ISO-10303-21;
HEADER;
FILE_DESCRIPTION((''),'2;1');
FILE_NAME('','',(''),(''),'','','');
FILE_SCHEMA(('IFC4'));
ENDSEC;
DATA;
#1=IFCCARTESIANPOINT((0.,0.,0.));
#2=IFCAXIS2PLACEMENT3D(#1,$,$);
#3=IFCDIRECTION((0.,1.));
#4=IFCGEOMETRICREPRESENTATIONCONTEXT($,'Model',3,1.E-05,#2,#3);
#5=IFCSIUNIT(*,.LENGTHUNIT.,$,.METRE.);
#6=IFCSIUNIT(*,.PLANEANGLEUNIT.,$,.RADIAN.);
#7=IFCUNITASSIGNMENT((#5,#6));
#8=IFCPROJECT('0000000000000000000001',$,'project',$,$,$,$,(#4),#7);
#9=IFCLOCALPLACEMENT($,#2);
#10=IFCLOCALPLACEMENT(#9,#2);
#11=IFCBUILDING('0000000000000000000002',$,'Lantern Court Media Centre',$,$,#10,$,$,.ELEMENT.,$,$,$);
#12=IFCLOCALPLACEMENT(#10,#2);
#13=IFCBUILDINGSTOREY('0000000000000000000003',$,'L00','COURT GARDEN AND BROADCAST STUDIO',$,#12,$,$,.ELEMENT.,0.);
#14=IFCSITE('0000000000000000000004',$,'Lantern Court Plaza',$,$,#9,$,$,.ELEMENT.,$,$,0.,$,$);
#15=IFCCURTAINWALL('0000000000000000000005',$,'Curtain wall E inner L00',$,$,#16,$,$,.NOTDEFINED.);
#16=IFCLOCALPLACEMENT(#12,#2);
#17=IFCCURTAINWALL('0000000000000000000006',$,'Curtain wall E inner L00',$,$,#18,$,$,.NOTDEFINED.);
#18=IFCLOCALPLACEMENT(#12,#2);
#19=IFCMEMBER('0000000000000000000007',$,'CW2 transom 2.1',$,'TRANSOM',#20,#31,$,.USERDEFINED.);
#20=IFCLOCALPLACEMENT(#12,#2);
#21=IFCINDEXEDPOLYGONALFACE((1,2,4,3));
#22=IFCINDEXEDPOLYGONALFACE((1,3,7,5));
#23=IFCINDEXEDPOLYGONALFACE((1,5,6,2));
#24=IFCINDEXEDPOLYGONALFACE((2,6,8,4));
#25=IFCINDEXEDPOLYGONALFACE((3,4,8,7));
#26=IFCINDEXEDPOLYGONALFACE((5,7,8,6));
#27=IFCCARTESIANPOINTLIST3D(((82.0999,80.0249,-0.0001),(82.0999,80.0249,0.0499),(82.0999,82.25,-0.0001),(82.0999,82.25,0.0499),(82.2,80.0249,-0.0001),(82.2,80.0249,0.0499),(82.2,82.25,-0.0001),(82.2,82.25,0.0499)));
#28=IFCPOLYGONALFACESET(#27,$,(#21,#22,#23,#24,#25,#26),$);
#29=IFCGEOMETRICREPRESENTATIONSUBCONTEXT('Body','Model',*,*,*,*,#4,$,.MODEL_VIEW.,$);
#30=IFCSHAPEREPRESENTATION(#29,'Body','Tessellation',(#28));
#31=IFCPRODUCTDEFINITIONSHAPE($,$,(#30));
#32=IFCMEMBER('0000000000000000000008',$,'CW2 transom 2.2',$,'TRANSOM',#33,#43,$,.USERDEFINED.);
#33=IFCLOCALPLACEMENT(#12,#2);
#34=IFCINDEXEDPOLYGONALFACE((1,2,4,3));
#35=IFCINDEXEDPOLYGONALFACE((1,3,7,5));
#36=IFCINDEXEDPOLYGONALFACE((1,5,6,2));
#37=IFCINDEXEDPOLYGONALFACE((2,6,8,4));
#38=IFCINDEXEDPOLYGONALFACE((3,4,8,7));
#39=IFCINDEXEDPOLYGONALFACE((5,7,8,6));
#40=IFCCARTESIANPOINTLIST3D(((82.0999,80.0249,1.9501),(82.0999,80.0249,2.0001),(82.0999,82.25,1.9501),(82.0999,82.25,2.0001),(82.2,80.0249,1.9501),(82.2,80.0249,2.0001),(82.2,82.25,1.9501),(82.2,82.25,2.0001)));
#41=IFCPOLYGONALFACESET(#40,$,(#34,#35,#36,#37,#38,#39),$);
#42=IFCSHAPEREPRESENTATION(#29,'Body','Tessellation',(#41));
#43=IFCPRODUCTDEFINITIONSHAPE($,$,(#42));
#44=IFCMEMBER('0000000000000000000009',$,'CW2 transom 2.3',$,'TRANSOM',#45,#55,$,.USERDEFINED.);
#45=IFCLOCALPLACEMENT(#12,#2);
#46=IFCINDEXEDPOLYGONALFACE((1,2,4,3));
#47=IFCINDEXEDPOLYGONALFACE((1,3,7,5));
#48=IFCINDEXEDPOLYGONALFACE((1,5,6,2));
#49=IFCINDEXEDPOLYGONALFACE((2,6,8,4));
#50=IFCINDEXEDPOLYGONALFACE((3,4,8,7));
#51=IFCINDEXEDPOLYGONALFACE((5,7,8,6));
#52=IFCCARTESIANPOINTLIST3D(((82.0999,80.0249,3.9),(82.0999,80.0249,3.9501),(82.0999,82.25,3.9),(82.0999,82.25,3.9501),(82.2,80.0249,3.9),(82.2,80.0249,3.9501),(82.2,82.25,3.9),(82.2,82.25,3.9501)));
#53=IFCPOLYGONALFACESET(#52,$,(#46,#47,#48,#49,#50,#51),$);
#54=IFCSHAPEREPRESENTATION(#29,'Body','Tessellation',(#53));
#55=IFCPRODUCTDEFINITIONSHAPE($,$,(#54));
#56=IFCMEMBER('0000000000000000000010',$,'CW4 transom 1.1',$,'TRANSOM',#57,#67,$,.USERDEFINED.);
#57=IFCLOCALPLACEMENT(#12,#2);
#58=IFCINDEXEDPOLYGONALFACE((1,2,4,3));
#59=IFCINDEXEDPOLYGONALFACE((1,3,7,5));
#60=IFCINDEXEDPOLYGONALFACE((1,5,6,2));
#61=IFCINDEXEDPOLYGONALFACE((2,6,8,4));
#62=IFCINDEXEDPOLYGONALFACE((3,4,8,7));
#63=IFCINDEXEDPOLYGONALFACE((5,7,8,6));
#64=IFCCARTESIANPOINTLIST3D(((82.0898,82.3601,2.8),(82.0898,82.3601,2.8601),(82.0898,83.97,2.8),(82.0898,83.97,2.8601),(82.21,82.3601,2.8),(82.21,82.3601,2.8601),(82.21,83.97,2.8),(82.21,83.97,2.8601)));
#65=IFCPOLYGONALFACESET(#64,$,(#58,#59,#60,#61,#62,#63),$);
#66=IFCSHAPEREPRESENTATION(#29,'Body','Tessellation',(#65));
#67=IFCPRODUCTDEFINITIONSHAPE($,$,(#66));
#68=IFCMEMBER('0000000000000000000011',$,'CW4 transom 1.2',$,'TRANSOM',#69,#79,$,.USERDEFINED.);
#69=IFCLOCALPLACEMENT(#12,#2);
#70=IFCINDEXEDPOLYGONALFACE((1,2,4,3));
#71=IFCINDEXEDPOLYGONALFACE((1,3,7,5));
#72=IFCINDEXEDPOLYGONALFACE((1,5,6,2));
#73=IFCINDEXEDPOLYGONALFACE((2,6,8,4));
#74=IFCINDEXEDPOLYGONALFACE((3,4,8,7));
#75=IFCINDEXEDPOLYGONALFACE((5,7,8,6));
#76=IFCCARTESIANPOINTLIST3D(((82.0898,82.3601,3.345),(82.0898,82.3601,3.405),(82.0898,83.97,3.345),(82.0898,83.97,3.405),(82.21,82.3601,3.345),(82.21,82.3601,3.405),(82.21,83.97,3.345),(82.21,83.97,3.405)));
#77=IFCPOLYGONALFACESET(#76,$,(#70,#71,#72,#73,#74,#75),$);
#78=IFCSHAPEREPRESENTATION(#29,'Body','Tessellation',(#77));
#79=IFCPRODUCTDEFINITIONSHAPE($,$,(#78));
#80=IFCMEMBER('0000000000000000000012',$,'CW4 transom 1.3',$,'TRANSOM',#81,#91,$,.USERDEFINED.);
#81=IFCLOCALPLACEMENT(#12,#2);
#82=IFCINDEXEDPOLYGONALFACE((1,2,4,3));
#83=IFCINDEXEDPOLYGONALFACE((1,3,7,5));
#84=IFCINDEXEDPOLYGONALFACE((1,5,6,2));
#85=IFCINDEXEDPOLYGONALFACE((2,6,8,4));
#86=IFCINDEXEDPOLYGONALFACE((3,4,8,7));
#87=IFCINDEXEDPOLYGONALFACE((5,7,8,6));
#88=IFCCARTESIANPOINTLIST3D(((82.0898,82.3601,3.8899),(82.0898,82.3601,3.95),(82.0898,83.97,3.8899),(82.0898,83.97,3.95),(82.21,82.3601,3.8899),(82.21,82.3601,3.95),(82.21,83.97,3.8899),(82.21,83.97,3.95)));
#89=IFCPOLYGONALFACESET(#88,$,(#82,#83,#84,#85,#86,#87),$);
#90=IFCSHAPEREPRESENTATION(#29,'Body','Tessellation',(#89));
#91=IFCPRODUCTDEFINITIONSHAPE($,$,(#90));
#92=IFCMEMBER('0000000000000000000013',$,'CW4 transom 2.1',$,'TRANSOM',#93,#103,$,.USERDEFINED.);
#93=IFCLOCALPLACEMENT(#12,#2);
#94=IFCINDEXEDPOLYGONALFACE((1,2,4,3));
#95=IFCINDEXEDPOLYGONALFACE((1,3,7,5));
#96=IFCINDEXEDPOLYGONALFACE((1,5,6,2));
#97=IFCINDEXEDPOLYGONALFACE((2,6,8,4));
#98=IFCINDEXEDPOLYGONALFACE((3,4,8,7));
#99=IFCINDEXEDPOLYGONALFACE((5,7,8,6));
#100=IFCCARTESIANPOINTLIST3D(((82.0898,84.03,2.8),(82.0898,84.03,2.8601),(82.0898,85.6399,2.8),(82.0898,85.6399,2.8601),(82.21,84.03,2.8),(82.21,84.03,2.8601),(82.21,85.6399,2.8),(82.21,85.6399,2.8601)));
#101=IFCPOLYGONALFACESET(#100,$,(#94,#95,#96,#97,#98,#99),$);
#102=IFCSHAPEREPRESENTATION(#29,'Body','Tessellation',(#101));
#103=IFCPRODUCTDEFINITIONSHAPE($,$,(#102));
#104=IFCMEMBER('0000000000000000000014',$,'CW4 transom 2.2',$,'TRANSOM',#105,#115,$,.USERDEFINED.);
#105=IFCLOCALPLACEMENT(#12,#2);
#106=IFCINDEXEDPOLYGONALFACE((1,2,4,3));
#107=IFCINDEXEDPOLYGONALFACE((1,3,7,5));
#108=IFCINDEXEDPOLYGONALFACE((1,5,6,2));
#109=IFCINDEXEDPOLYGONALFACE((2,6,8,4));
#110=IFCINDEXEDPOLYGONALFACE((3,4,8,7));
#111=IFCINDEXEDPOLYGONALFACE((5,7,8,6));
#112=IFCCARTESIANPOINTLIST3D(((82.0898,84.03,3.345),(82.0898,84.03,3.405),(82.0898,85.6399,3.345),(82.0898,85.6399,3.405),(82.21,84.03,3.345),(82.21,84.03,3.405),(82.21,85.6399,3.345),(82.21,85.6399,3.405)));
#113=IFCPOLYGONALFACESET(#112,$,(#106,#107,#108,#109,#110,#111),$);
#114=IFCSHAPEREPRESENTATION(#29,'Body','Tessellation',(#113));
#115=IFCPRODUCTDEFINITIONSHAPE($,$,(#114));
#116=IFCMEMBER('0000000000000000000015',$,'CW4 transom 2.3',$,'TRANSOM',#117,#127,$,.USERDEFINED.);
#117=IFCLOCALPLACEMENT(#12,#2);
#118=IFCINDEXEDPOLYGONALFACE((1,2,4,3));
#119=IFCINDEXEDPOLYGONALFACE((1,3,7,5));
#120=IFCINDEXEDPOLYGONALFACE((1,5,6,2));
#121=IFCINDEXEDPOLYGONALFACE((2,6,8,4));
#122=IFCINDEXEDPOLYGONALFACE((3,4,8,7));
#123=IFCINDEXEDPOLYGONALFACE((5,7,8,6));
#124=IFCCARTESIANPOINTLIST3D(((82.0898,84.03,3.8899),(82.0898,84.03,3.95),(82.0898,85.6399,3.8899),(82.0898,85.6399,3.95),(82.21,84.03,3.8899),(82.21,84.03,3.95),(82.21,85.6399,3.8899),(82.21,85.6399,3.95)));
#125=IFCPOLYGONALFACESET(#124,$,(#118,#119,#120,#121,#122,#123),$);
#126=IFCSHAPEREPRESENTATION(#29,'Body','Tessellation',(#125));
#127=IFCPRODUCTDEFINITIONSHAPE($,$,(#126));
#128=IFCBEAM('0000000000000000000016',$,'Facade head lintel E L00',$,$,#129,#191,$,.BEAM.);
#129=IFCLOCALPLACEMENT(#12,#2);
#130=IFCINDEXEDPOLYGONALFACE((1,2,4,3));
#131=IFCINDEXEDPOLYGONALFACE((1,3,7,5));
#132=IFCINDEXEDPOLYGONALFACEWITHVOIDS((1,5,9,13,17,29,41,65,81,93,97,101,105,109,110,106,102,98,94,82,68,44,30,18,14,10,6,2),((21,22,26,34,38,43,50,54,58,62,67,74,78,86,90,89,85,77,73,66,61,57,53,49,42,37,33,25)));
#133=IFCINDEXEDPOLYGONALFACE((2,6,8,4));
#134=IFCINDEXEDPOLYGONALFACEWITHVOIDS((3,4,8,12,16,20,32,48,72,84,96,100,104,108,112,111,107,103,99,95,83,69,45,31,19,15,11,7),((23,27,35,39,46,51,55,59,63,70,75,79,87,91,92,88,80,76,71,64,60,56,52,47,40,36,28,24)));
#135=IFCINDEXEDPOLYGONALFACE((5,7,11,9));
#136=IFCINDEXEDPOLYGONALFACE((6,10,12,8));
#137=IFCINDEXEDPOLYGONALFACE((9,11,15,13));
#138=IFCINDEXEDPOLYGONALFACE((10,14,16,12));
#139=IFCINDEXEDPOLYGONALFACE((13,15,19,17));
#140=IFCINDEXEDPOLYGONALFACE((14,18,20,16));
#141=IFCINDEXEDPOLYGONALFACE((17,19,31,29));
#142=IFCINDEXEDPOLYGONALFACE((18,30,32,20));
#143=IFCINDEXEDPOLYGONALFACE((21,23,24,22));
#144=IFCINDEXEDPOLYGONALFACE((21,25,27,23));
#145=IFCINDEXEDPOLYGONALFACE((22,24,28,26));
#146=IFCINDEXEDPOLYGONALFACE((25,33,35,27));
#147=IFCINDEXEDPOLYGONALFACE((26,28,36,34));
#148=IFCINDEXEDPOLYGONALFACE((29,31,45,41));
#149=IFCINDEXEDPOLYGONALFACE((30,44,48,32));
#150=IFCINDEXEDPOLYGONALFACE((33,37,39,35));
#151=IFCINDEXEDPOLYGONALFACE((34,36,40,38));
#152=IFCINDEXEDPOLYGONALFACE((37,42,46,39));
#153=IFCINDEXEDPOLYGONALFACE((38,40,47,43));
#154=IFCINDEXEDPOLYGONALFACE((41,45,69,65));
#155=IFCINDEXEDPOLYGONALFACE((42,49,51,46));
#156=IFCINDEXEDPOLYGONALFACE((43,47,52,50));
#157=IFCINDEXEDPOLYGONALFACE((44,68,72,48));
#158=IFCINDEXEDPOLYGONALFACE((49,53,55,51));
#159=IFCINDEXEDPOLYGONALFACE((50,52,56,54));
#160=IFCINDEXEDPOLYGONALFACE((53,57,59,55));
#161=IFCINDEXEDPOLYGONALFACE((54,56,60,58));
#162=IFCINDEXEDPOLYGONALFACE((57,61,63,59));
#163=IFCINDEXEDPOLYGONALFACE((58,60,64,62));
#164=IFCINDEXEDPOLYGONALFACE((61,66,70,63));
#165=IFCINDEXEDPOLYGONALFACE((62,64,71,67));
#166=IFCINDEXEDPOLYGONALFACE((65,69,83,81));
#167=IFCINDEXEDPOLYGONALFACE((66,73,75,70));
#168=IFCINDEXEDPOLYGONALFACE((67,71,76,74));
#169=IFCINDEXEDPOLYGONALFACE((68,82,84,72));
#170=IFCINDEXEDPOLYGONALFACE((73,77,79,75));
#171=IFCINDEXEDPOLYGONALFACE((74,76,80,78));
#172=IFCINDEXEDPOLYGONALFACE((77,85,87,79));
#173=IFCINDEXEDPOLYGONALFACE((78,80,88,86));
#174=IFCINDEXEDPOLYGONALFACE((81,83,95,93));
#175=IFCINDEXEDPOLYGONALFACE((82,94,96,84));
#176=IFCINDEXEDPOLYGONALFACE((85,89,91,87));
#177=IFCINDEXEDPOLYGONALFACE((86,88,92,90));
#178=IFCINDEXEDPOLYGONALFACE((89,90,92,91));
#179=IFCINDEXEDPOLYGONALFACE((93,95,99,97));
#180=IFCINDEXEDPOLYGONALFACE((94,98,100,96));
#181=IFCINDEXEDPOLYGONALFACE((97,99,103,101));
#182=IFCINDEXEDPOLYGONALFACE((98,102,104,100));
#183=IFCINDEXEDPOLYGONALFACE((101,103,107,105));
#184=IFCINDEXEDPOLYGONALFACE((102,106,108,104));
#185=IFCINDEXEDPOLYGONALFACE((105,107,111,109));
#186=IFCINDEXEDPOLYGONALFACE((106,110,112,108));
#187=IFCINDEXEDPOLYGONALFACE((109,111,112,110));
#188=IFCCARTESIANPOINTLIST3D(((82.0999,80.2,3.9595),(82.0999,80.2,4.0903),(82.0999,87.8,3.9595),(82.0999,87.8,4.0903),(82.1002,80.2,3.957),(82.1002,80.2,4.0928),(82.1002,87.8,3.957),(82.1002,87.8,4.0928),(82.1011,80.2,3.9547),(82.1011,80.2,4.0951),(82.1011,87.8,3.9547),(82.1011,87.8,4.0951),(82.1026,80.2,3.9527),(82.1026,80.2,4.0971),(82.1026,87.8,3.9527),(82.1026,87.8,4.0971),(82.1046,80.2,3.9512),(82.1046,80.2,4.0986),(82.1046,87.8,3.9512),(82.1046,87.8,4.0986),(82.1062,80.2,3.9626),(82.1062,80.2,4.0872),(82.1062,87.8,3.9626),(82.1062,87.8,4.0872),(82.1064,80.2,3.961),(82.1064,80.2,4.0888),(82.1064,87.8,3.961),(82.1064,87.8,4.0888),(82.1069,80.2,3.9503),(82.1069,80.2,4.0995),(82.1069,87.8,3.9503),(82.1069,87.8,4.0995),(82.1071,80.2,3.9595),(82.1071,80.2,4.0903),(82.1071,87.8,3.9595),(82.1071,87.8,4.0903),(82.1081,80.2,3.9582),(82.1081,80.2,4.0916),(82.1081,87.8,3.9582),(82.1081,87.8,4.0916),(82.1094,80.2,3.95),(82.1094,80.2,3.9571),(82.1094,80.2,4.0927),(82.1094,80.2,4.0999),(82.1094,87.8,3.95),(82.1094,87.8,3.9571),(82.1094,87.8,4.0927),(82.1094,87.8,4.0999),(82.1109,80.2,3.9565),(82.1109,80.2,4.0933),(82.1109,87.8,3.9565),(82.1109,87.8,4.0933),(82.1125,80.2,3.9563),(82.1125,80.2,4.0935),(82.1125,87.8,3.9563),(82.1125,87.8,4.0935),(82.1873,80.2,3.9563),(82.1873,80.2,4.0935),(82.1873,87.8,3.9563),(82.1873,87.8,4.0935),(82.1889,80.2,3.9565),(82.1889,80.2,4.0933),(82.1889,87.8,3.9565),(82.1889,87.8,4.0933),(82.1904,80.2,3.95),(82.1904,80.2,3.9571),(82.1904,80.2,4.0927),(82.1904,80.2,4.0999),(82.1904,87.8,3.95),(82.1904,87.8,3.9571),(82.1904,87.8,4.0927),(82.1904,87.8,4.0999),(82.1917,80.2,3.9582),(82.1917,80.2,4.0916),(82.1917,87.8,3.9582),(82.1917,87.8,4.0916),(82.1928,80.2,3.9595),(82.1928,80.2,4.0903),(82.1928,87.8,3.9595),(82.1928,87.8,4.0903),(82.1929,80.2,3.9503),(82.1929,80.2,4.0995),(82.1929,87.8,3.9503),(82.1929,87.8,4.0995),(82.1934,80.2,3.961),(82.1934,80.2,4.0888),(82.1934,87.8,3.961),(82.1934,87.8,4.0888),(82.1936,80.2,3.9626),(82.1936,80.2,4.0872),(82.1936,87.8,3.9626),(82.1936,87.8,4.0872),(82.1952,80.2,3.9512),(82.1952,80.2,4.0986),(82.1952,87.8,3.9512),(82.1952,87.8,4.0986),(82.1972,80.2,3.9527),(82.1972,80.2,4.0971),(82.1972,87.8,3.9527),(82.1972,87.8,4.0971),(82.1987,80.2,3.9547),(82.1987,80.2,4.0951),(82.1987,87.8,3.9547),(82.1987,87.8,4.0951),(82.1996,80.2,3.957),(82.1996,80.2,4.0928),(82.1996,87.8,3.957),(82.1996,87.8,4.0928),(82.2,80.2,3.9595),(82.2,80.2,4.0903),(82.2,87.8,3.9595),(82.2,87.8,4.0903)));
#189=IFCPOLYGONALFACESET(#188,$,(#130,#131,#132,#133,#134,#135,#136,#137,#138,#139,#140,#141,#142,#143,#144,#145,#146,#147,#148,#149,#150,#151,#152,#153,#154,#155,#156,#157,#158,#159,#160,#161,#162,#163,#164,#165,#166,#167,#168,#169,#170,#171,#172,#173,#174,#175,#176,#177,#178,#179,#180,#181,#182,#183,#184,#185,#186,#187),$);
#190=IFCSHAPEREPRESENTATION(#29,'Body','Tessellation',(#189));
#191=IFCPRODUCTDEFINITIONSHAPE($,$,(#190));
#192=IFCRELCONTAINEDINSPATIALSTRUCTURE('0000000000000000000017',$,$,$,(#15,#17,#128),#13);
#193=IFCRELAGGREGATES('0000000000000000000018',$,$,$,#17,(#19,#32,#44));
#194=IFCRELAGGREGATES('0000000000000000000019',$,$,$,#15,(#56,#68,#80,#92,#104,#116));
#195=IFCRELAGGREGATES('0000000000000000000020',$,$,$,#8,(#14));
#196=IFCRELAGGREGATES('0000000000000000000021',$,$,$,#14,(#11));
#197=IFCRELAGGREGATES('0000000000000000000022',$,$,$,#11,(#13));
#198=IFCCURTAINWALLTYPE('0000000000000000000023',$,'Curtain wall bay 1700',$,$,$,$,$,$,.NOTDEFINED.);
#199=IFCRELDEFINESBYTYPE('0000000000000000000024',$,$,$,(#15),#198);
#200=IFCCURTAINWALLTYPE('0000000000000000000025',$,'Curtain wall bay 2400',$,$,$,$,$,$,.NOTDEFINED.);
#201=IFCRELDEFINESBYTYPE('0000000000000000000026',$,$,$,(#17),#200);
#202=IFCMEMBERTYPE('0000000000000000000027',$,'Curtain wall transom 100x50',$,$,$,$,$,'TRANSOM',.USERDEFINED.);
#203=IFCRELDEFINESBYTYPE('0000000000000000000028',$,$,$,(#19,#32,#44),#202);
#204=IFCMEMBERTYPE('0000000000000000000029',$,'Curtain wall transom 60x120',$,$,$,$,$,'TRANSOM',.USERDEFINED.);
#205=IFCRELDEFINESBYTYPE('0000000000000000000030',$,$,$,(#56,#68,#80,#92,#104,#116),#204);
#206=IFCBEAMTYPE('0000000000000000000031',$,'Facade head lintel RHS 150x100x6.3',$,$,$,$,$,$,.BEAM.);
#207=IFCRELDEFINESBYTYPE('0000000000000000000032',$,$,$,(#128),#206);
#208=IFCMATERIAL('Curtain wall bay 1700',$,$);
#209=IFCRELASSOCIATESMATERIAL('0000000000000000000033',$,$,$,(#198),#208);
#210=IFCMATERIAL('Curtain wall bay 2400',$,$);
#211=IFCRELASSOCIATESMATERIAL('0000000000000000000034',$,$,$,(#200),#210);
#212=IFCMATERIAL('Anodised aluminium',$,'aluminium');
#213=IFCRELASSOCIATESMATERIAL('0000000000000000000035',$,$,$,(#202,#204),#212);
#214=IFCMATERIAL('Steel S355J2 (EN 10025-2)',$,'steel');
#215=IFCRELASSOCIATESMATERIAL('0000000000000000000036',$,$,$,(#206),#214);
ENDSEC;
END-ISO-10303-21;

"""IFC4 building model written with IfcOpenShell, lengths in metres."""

from ifc_helpers import new_model, si_unit, direction, frame, origin, origin_2d, place, context, subcontext, project, spatial, rectangle, hollow_rectangle, extrude, material, material_profile, profile_set, type_object, element, aggregate, save


model = new_model("IFC4")

# Units and contexts
model_context = context("Model", 3, precision=1e-05, world=origin(), true_north=direction((0.0, 1.0)))
body_context = subcontext(model_context, "Body", "Model", "MODEL_VIEW")
ifc_project = project(units=[si_unit("LENGTHUNIT", "METRE"), si_unit("PLANEANGLEUNIT", "RADIAN")], contexts=[model_context])

# Site, building, storey
site_placement = place(None, origin())
site = spatial("IfcSite", under=ifc_project, at=site_placement, Name="Lantern Court Plaza", CompositionType="ELEMENT", RefElevation=0.0)
building_placement = place(site_placement, origin())
building = spatial("IfcBuilding", under=site, at=building_placement, Name="Lantern Court Media Centre", CompositionType="ELEMENT")
storey_placement = place(building_placement, origin())
storey = spatial("IfcBuildingStorey", under=building, at=storey_placement, Name="L00", Description="COURT GARDEN AND BROADCAST STUDIO", CompositionType="ELEMENT", Elevation=0.0)

# Curtain walls, members
ifc_material_1 = material(Name="Curtain wall bay 1700")
curtain_wall_type_1 = type_object("IfcCurtainWallType", Name="Curtain wall bay 1700", PredefinedType="NOTDEFINED", material=ifc_material_1)
curtain_wall_1_placement = place(storey_placement, origin())
curtain_wall_1 = element("IfcCurtainWall", 1, at=curtain_wall_1_placement, inside=storey, type_object=curtain_wall_type_1, Name="Curtain wall E inner L00", PredefinedType="NOTDEFINED")
ifc_material_2 = material(Name="Anodised aluminium", Category="aluminium")
ifc_material_3 = material(Name="Curtain wall bay 2400")
curtain_wall_type_2 = type_object("IfcCurtainWallType", Name="Curtain wall bay 2400", PredefinedType="NOTDEFINED", material=ifc_material_3)
curtain_wall_2_placement = place(storey_placement, origin())
curtain_wall_2 = element("IfcCurtainWall", 2, at=curtain_wall_2_placement, inside=storey, type_object=curtain_wall_type_2, Name="Curtain wall E inner L00", PredefinedType="NOTDEFINED")
ifc_material_profile_1 = material_profile(ifc_material_2, rectangle(XDim=0.1001, YDim=0.05, at=origin_2d()), Name="AL 50x100")
ifc_profile_set_1 = profile_set([ifc_material_profile_1], Name="Anodised aluminium")
member_type_1 = type_object("IfcMemberType", Name="Curtain wall transom 100x50", ElementType="TRANSOM", PredefinedType="USERDEFINED", material=ifc_profile_set_1)
member_1_placement = place(storey_placement, frame((82.1499, 80.0249, 0.0249), z_axis=(0.0, 1.0, 0.0), x_axis=(-1.0, 0.0, 0.0)))
member_1 = element("IfcMember", 3, at=member_1_placement, type_object=member_type_1, Name="CW2 transom 2.1", ObjectType="TRANSOM", PredefinedType="USERDEFINED", context=body_context, shape_type="SweptSolid", body=[
    extrude(rectangle(XDim=0.1001, YDim=0.05, at=origin_2d()), origin(), (0.0, 0.0, 1.0), 2.2251),
])
member_2_placement = place(storey_placement, frame((82.1499, 80.0249, 1.9751), z_axis=(0.0, 1.0, 0.0), x_axis=(-1.0, 0.0, 0.0)))
member_2 = element("IfcMember", 4, at=member_2_placement, type_object=member_type_1, Name="CW2 transom 2.2", ObjectType="TRANSOM", PredefinedType="USERDEFINED", context=body_context, shape_type="SweptSolid", body=[
    extrude(rectangle(XDim=0.1001, YDim=0.05, at=origin_2d()), origin(), (0.0, 0.0, 1.0), 2.2251),
])
member_3_placement = place(storey_placement, frame((82.1499, 80.0249, 3.925), z_axis=(0.0, 1.0, 0.0), x_axis=(-1.0, 0.0, 0.0)))
member_3 = element("IfcMember", 5, at=member_3_placement, type_object=member_type_1, Name="CW2 transom 2.3", ObjectType="TRANSOM", PredefinedType="USERDEFINED", context=body_context, shape_type="SweptSolid", body=[
    extrude(rectangle(XDim=0.1001, YDim=0.05, at=origin_2d()), origin(), (0.0, 0.0, 1.0), 2.2251),
])

# Members
ifc_material_profile_2 = material_profile(ifc_material_2, rectangle(XDim=0.1201, YDim=0.0601, at=origin_2d()), Name="AL 60x120")
ifc_profile_set_2 = profile_set([ifc_material_profile_2], Name="Anodised aluminium")
member_type_2 = type_object("IfcMemberType", Name="Curtain wall transom 60x120", ElementType="TRANSOM", PredefinedType="USERDEFINED", material=ifc_profile_set_2)
member_4_placement = place(storey_placement, frame((82.1499, 82.3601, 2.8301), z_axis=(0.0, 1.0, 0.0), x_axis=(-1.0, 0.0, 0.0)))
member_4 = element("IfcMember", 6, at=member_4_placement, type_object=member_type_2, Name="CW4 transom 1.1", ObjectType="TRANSOM", PredefinedType="USERDEFINED", context=body_context, shape_type="SweptSolid", body=[
    extrude(rectangle(XDim=0.1201, YDim=0.0601, at=origin_2d()), origin(), (0.0, 0.0, 1.0), 1.6099),
])
member_5_placement = place(storey_placement, frame((82.1499, 82.3601, 3.375), z_axis=(0.0, 1.0, 0.0), x_axis=(-1.0, 0.0, 0.0)))
member_5 = element("IfcMember", 7, at=member_5_placement, type_object=member_type_2, Name="CW4 transom 1.2", ObjectType="TRANSOM", PredefinedType="USERDEFINED", context=body_context, shape_type="SweptSolid", body=[
    extrude(rectangle(XDim=0.1201, YDim=0.0601, at=origin_2d()), origin(), (0.0, 0.0, 1.0), 1.6099),
])
member_6_placement = place(storey_placement, frame((82.1499, 82.3601, 3.9199), z_axis=(0.0, 1.0, 0.0), x_axis=(-1.0, 0.0, 0.0)))
member_6 = element("IfcMember", 8, at=member_6_placement, type_object=member_type_2, Name="CW4 transom 1.3", ObjectType="TRANSOM", PredefinedType="USERDEFINED", context=body_context, shape_type="SweptSolid", body=[
    extrude(rectangle(XDim=0.1201, YDim=0.0601, at=origin_2d()), origin(), (0.0, 0.0, 1.0), 1.6099),
])
member_7_placement = place(storey_placement, frame((82.1499, 84.03, 2.8301), z_axis=(0.0, 1.0, 0.0), x_axis=(-1.0, 0.0, 0.0)))
member_7 = element("IfcMember", 9, at=member_7_placement, type_object=member_type_2, Name="CW4 transom 2.1", ObjectType="TRANSOM", PredefinedType="USERDEFINED", context=body_context, shape_type="SweptSolid", body=[
    extrude(rectangle(XDim=0.1201, YDim=0.0601, at=origin_2d()), origin(), (0.0, 0.0, 1.0), 1.6099),
])
member_8_placement = place(storey_placement, frame((82.1499, 84.03, 3.375), z_axis=(0.0, 1.0, 0.0), x_axis=(-1.0, 0.0, 0.0)))
member_8 = element("IfcMember", 10, at=member_8_placement, type_object=member_type_2, Name="CW4 transom 2.2", ObjectType="TRANSOM", PredefinedType="USERDEFINED", context=body_context, shape_type="SweptSolid", body=[
    extrude(rectangle(XDim=0.1201, YDim=0.0601, at=origin_2d()), origin(), (0.0, 0.0, 1.0), 1.6099),
])
member_9_placement = place(storey_placement, frame((82.1499, 84.03, 3.9199), z_axis=(0.0, 1.0, 0.0), x_axis=(-1.0, 0.0, 0.0)))
member_9 = element("IfcMember", 11, at=member_9_placement, type_object=member_type_2, Name="CW4 transom 2.3", ObjectType="TRANSOM", PredefinedType="USERDEFINED", context=body_context, shape_type="SweptSolid", body=[
    extrude(rectangle(XDim=0.1201, YDim=0.0601, at=origin_2d()), origin(), (0.0, 0.0, 1.0), 1.6099),
])

# Beam
ifc_material_4 = material(Name="Steel S355J2 (EN 10025-2)", Category="steel")
ifc_material_profile_3 = material_profile(ifc_material_4, hollow_rectangle(XDim=0.1001, YDim=0.1499, WallThickness=0.0063, InnerFilletRadius=0.0063, OuterFilletRadius=0.0095, at=origin_2d()), Name="Facade head lintel RHS 150x100x6.3")
ifc_profile_set_3 = profile_set([ifc_material_profile_3], Name="Steel S355J2 (EN 10025-2)")
beam_type_1 = type_object("IfcBeamType", Name="Facade head lintel RHS 150x100x6.3", PredefinedType="BEAM", material=ifc_profile_set_3)
beam_1_placement = place(storey_placement, frame((82.1499, 80.2, 4.0249), z_axis=(0.0, 1.0, 0.0), x_axis=(-1.0, 0.0, 0.0)))
element("IfcBeam", 12, at=beam_1_placement, inside=storey, type_object=beam_type_1, Name="Facade head lintel E L00", PredefinedType="BEAM", context=body_context, shape_type="SweptSolid", body=[
    extrude(hollow_rectangle(XDim=0.1001, YDim=0.1499, WallThickness=0.0063, InnerFilletRadius=0.0063, OuterFilletRadius=0.0095, at=origin_2d()), origin(), (0.0, 0.0, 1.0), 7.6001),
])

aggregate(curtain_wall_2, [member_1, member_2, member_3])
aggregate(curtain_wall_1, [member_4, member_5, member_6, member_7, member_8, member_9])

save(model, "model.ifc")
